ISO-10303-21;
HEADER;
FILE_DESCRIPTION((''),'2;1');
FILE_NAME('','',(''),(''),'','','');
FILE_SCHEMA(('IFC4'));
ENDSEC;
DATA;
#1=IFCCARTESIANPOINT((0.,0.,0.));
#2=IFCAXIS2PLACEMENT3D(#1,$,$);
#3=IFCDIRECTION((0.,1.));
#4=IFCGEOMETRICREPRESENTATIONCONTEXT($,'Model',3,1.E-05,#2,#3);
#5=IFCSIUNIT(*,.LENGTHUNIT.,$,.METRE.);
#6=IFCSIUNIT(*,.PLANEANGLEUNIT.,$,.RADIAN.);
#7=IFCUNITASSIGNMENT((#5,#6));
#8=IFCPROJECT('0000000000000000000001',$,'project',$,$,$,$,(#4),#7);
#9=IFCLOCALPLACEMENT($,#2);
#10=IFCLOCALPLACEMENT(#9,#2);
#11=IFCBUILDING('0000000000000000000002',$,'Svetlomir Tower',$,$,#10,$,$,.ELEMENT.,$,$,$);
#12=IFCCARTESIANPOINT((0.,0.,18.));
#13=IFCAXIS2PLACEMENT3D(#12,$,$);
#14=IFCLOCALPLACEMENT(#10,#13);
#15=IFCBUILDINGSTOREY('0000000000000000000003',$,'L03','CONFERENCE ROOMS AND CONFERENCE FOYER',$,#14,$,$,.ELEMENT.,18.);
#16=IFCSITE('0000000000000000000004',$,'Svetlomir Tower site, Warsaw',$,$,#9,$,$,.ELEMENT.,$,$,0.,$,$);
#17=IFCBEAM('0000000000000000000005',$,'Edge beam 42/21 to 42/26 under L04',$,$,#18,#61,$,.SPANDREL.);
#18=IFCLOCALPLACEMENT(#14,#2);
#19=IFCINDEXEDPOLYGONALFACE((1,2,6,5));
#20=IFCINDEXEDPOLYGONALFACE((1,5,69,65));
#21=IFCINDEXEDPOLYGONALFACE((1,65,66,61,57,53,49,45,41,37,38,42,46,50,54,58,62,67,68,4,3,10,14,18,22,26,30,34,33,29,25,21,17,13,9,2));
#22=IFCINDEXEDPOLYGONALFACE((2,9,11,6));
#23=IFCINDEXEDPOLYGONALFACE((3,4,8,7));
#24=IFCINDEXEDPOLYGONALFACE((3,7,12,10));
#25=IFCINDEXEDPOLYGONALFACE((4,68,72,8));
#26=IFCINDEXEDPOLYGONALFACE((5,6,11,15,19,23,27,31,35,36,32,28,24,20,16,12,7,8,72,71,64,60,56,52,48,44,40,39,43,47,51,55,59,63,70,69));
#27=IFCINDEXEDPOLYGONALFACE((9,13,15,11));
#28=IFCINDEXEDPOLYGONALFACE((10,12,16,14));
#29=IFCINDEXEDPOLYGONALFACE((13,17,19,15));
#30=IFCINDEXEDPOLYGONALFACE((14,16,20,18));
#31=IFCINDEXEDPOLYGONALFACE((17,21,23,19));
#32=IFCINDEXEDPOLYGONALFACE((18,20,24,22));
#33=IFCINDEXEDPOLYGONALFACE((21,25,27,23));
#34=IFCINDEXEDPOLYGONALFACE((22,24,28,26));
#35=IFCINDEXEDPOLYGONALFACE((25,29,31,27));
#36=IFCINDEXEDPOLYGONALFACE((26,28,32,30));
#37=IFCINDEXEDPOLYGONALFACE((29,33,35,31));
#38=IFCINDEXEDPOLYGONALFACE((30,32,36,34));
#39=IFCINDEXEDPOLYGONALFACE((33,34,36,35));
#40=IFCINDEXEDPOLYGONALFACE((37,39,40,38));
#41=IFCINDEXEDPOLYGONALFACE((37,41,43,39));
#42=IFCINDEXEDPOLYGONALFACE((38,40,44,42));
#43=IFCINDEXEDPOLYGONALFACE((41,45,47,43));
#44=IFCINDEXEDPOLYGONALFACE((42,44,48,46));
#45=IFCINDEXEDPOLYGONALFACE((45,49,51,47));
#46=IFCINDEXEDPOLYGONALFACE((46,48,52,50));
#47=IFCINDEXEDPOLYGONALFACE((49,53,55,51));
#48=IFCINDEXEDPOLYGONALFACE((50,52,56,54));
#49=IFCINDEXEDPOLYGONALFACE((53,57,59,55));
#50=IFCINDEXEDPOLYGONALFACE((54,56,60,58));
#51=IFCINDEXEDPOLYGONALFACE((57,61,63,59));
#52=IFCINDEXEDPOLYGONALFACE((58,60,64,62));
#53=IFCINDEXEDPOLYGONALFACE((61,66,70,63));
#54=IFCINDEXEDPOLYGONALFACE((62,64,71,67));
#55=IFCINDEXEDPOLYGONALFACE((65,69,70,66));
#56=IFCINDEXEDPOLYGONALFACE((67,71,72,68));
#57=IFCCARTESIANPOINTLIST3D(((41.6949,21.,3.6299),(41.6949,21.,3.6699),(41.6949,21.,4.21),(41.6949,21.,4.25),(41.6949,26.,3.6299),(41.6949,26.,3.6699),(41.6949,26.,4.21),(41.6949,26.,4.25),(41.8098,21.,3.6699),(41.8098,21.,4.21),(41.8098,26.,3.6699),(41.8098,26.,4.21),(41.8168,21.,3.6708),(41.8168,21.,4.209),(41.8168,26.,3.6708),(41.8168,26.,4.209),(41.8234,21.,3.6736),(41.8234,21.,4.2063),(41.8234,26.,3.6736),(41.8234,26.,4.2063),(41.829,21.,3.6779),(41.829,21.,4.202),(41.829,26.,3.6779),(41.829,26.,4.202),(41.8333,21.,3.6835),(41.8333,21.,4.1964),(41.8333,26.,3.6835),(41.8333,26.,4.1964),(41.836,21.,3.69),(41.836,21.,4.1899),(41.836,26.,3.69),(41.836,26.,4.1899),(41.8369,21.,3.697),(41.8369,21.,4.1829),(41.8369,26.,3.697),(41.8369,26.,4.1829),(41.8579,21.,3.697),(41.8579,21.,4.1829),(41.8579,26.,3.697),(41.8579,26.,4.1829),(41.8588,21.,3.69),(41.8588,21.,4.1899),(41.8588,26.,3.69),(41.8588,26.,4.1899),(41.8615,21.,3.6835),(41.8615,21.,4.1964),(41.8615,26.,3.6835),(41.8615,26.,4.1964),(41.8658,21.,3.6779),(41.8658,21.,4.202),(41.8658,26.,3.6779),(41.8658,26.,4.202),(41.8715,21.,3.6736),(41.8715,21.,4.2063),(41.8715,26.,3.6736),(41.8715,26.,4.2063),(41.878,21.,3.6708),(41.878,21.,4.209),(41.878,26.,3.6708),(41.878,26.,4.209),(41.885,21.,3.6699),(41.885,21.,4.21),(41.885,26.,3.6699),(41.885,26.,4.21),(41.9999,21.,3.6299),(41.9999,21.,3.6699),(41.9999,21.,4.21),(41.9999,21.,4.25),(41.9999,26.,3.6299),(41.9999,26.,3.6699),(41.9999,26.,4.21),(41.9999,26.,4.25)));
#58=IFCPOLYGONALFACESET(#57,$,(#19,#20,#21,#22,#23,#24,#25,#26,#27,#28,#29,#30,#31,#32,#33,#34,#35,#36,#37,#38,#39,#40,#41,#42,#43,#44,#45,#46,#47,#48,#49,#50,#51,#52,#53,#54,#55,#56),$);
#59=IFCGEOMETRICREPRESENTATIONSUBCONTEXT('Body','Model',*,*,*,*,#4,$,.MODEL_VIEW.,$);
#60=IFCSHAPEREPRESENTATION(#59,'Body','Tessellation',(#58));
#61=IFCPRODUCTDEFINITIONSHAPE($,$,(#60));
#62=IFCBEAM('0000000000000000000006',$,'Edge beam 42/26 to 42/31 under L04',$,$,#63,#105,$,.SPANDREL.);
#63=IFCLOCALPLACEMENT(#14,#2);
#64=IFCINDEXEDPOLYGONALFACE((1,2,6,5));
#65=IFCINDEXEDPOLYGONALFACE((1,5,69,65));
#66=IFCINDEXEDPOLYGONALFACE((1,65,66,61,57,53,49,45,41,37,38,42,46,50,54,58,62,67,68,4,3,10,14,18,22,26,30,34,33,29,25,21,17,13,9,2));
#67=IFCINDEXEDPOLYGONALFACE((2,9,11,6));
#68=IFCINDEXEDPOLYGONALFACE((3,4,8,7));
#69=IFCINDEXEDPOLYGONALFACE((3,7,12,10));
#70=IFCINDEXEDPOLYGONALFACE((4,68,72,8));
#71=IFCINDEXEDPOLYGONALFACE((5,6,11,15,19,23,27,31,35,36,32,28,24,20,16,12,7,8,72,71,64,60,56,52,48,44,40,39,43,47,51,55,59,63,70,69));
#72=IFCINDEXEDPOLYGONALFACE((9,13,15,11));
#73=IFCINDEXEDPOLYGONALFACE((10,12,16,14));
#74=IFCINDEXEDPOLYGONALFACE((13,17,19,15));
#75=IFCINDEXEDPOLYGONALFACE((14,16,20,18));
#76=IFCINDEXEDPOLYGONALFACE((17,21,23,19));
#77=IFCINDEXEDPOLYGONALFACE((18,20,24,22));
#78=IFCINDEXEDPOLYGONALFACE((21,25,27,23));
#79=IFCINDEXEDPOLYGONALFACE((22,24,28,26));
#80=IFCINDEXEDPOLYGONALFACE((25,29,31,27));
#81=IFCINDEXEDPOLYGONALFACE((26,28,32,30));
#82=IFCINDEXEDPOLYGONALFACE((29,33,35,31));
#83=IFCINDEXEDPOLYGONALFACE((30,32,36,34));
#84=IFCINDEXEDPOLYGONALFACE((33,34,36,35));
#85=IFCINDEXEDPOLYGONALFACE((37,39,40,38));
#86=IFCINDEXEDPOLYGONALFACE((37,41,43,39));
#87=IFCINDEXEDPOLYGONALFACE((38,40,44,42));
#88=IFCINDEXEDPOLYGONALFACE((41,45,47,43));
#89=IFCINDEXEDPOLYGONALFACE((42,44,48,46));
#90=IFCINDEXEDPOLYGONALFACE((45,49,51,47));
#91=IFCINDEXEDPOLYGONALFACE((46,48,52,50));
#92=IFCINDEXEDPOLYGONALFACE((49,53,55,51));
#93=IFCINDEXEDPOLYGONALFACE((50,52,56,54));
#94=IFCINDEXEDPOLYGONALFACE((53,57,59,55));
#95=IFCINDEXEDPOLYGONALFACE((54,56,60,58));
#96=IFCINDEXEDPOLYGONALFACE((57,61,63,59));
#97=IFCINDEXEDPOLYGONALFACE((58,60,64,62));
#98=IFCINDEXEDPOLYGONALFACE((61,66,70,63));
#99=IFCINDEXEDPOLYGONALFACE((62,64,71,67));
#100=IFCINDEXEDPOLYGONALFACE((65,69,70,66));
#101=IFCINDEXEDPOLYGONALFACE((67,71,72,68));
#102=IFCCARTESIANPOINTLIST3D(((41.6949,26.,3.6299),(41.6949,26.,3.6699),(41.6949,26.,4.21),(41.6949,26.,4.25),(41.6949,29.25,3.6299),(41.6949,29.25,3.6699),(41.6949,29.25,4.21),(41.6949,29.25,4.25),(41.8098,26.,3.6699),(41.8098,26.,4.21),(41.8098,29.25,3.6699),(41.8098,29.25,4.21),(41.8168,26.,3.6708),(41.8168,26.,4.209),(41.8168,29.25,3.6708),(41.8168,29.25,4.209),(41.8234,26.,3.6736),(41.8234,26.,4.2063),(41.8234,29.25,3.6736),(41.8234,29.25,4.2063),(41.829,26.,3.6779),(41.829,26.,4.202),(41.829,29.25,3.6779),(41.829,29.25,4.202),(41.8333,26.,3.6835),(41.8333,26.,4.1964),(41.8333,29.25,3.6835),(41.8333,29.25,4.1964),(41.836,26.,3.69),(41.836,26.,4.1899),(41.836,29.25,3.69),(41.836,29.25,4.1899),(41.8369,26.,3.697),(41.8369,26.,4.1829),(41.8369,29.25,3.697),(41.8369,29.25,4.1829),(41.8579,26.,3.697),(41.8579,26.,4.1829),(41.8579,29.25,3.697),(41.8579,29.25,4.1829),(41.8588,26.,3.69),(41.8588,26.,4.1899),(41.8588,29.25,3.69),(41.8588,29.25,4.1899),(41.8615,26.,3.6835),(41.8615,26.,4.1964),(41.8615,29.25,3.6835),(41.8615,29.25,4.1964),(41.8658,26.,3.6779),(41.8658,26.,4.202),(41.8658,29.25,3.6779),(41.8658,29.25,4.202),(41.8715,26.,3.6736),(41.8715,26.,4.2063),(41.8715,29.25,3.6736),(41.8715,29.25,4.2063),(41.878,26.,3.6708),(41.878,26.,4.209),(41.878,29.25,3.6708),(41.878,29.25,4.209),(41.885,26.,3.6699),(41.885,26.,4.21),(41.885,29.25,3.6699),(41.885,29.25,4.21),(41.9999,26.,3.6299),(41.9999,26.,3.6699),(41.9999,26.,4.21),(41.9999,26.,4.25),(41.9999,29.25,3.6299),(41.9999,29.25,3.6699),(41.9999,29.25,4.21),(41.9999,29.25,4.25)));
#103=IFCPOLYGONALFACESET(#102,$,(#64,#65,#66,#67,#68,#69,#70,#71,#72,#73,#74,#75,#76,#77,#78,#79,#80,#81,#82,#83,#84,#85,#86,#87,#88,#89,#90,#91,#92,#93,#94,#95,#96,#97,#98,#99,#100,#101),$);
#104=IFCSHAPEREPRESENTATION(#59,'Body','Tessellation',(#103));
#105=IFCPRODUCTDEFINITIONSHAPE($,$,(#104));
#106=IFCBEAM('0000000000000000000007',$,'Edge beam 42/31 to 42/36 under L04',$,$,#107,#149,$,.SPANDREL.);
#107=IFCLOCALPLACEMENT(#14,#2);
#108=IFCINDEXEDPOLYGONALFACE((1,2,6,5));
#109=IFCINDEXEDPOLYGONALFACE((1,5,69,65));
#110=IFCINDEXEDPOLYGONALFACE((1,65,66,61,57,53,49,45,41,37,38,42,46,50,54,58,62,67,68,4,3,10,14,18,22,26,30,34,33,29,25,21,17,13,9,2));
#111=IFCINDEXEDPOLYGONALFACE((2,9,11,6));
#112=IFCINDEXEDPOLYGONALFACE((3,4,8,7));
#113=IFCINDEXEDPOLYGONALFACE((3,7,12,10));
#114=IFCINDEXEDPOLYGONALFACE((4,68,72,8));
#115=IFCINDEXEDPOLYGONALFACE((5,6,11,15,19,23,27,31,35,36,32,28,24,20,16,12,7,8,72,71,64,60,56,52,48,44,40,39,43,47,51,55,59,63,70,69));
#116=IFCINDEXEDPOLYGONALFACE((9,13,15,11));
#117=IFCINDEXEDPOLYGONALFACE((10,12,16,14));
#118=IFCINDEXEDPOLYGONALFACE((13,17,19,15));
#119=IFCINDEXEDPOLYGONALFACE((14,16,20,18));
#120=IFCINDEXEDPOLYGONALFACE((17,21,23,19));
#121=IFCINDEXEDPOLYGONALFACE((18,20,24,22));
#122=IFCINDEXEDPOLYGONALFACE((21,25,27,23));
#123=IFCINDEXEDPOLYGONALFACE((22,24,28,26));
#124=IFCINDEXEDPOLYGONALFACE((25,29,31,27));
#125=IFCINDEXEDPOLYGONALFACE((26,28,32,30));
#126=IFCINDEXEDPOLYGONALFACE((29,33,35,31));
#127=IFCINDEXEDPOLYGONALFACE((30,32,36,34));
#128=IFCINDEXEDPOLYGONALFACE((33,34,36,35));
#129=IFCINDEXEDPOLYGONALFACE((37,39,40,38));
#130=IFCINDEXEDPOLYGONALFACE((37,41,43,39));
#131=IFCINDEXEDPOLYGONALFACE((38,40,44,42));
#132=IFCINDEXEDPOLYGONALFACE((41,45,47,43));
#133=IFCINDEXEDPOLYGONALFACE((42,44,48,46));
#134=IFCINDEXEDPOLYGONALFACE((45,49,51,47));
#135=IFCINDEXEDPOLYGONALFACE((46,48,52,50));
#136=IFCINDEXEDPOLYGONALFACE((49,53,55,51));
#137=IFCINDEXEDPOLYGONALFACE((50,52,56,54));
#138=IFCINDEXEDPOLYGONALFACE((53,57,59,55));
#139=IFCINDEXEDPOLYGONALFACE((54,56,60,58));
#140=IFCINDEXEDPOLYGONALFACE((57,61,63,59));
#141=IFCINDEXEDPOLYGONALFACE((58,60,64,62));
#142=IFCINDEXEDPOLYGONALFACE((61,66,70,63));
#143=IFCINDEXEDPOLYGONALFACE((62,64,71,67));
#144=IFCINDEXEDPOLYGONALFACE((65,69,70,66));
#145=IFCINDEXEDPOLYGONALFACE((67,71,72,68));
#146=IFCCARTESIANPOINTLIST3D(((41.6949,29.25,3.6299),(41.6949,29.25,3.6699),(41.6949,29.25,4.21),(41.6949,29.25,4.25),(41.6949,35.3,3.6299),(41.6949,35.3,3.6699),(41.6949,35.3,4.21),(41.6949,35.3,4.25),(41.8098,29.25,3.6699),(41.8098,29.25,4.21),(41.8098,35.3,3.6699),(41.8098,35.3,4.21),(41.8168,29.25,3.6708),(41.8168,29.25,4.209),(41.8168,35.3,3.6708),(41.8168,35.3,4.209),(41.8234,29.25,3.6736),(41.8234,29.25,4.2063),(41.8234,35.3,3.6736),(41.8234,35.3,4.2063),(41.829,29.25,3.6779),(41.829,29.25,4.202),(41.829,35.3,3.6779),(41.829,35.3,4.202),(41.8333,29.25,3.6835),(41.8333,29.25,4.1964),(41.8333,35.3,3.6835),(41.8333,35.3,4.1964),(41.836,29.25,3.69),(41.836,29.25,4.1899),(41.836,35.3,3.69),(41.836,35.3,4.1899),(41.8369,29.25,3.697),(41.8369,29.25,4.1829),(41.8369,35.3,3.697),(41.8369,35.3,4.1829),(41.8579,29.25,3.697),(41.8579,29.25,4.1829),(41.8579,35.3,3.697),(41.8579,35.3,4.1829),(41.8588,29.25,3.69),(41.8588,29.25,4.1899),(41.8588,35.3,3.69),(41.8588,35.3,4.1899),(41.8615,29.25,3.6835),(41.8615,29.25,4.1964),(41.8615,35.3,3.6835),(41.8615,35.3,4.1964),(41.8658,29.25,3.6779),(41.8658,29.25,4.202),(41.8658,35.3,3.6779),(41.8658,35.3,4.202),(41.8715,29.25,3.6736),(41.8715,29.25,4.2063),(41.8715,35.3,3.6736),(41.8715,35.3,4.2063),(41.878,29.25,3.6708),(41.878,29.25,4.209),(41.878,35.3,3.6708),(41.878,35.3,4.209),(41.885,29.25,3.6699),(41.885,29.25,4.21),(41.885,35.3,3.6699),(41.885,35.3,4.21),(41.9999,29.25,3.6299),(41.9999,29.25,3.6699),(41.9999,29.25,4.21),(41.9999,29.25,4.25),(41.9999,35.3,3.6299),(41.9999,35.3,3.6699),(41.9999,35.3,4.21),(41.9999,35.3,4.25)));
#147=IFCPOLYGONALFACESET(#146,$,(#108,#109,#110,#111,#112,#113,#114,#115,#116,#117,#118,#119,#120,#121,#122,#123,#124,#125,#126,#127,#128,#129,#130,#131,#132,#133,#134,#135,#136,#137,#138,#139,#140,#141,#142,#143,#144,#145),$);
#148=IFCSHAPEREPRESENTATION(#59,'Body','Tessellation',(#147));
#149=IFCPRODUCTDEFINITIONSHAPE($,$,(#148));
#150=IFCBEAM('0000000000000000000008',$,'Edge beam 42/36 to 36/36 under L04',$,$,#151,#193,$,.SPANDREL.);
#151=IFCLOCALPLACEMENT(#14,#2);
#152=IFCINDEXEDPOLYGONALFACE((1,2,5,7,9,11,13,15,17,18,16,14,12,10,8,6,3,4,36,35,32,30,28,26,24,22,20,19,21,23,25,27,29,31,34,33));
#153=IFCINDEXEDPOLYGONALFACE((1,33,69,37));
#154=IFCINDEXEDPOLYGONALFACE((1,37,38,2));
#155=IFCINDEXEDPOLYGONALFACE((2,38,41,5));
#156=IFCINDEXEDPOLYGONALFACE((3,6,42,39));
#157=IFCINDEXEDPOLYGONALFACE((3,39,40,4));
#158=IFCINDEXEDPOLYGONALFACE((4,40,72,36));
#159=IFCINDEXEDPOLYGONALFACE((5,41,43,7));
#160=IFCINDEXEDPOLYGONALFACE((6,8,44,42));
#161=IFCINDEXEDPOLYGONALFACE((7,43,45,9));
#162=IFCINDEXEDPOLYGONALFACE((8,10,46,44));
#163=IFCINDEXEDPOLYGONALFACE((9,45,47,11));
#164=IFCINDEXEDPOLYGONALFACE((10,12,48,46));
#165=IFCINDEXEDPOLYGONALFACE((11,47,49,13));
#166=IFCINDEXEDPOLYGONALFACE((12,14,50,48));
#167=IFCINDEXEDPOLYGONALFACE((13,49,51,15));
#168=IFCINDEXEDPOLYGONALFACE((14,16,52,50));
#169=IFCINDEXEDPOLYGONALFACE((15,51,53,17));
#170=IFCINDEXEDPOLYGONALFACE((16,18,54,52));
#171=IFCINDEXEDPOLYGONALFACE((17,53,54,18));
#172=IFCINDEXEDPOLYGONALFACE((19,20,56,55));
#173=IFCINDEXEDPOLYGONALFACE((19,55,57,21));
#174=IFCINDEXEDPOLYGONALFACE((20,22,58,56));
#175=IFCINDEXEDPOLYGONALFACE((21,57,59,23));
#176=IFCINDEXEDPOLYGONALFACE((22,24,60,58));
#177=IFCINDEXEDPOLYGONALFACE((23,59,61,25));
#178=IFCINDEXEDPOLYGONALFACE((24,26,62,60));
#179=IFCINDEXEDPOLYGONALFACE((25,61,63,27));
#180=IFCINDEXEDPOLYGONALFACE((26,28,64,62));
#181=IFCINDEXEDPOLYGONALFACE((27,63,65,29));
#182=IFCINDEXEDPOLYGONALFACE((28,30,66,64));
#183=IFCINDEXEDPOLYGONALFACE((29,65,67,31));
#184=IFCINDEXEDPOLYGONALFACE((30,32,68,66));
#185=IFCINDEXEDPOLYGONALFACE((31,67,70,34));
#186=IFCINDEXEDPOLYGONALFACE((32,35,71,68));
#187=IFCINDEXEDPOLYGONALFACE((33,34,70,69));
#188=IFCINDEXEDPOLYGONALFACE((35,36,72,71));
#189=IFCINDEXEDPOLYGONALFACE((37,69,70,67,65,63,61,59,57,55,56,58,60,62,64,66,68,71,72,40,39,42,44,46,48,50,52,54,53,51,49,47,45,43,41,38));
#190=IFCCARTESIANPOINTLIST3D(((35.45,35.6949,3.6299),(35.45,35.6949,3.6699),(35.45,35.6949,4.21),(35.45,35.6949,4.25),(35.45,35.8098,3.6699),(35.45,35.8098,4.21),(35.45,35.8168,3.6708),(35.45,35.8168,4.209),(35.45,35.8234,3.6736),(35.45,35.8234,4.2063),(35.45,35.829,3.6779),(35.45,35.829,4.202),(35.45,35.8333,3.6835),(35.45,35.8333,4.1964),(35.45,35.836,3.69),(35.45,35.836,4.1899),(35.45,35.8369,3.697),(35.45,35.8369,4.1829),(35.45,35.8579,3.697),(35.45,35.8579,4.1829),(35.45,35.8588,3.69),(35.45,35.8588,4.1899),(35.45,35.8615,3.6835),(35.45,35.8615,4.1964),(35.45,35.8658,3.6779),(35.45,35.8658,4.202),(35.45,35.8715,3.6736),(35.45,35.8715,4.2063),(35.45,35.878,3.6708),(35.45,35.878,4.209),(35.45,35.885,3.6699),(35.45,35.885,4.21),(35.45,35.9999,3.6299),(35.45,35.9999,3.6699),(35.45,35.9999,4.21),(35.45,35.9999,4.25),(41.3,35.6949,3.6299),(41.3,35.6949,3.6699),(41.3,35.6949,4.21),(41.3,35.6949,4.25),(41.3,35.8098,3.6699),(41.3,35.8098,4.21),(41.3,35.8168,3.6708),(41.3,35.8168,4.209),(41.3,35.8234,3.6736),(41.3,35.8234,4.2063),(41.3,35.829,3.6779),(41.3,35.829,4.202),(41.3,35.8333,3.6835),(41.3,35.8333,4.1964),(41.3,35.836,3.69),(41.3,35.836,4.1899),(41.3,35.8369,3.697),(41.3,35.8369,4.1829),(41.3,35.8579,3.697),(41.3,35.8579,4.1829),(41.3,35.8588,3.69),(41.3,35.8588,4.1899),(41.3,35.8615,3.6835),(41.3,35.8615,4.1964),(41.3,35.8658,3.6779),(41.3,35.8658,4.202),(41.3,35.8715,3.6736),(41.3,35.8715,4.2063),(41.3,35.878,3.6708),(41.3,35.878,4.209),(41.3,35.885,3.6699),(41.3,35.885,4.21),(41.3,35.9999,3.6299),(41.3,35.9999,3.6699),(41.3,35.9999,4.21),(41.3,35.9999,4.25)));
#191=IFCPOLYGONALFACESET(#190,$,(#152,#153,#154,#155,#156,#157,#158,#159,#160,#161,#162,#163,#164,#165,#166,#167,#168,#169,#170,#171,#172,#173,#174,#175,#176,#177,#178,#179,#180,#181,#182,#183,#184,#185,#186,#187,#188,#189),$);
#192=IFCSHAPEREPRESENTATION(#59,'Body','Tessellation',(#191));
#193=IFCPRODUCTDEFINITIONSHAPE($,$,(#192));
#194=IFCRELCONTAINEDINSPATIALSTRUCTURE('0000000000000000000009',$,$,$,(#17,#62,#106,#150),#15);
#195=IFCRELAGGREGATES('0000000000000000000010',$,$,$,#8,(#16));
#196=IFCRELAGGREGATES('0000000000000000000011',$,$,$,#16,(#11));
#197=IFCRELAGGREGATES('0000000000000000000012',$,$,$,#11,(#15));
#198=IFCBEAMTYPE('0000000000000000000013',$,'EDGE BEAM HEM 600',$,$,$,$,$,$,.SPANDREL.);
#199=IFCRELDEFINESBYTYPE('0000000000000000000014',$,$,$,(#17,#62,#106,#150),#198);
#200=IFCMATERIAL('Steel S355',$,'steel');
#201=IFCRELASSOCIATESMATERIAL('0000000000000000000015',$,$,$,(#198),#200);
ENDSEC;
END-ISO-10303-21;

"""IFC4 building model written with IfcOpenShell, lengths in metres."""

from ifc_helpers import new_model, si_unit, direction, frame, origin, origin_2d, place, context, subcontext, project, spatial, i_section, extrude, material, material_profile, profile_set, type_object, element, save


model = new_model("IFC4")

# Units and contexts
model_context = context("Model", 3, precision=1e-05, world=origin(), true_north=direction((0.0, 1.0)))
body_context = subcontext(model_context, "Body", "Model", "MODEL_VIEW")
ifc_project = project(units=[si_unit("LENGTHUNIT", "METRE"), si_unit("PLANEANGLEUNIT", "RADIAN")], contexts=[model_context])

# Site, building, storey
site_placement = place(None, origin())
site = spatial("IfcSite", under=ifc_project, at=site_placement, Name="Svetlomir Tower site, Warsaw", CompositionType="ELEMENT", RefElevation=0.0)
building_placement = place(site_placement, origin())
building = spatial("IfcBuilding", under=site, at=building_placement, Name="Svetlomir Tower", CompositionType="ELEMENT")
storey_placement = place(building_placement, frame((0.0, 0.0, 18.0)))
storey = spatial("IfcBuildingStorey", under=building, at=storey_placement, Name="L03", Description="CONFERENCE ROOMS AND CONFERENCE FOYER", CompositionType="ELEMENT", Elevation=18.0)

# Beams
ifc_material_1 = material(Name="Steel S355", Category="steel")
ifc_material_profile_1 = material_profile(ifc_material_1, i_section(OverallWidth=0.3049, OverallDepth=0.6201, WebThickness=0.021, FlangeThickness=0.04, FilletRadius=0.0271, at=origin_2d()), Name="HEM 600")
ifc_profile_set_1 = profile_set([ifc_material_profile_1], Name="Steel S355")
beam_type_1 = type_object("IfcBeamType", Name="EDGE BEAM HEM 600", PredefinedType="SPANDREL", material=ifc_profile_set_1)
beam_1_placement = place(storey_placement, frame((41.8474, 21.0, 3.9399), z_axis=(0.0, 1.0, 0.0), x_axis=(-1.0, 0.0, 0.0)))
element("IfcBeam", 1, at=beam_1_placement, inside=storey, type_object=beam_type_1, Name="Edge beam 42/21 to 42/26 under L04", PredefinedType="SPANDREL", context=body_context, shape_type="SweptSolid", body=[
    extrude(i_section(OverallWidth=0.3049, OverallDepth=0.6201, WebThickness=0.021, FlangeThickness=0.04, FilletRadius=0.0271, at=origin_2d()), origin(), (0.0, 0.0, 1.0), 5.0),
])
beam_2_placement = place(storey_placement, frame((41.8474, 26.0, 3.9399), z_axis=(0.0, 1.0, 0.0), x_axis=(-1.0, 0.0, 0.0)))
element("IfcBeam", 2, at=beam_2_placement, inside=storey, type_object=beam_type_1, Name="Edge beam 42/26 to 42/31 under L04", PredefinedType="SPANDREL", context=body_context, shape_type="SweptSolid", body=[
    extrude(i_section(OverallWidth=0.3049, OverallDepth=0.6201, WebThickness=0.021, FlangeThickness=0.04, FilletRadius=0.0271, at=origin_2d()), origin(), (0.0, 0.0, 1.0), 3.25),
])
beam_3_placement = place(storey_placement, frame((41.8474, 29.25, 3.9399), z_axis=(0.0, 1.0, 0.0), x_axis=(-1.0, 0.0, 0.0)))
element("IfcBeam", 3, at=beam_3_placement, inside=storey, type_object=beam_type_1, Name="Edge beam 42/31 to 42/36 under L04", PredefinedType="SPANDREL", context=body_context, shape_type="SweptSolid", body=[
    extrude(i_section(OverallWidth=0.3049, OverallDepth=0.6201, WebThickness=0.021, FlangeThickness=0.04, FilletRadius=0.0271, at=origin_2d()), origin(), (0.0, 0.0, 1.0), 6.05),
])
beam_4_placement = place(storey_placement, frame((41.3, 35.8474, 3.9399), z_axis=(-1.0, 0.0, 0.0), x_axis=(0.0, -1.0, 0.0)))
element("IfcBeam", 4, at=beam_4_placement, inside=storey, type_object=beam_type_1, Name="Edge beam 42/36 to 36/36 under L04", PredefinedType="SPANDREL", context=body_context, shape_type="SweptSolid", body=[
    extrude(i_section(OverallWidth=0.3049, OverallDepth=0.6201, WebThickness=0.021, FlangeThickness=0.04, FilletRadius=0.0271, at=origin_2d()), origin(), (0.0, 0.0, 1.0), 5.8501),
])

save(model, "model.ifc")
